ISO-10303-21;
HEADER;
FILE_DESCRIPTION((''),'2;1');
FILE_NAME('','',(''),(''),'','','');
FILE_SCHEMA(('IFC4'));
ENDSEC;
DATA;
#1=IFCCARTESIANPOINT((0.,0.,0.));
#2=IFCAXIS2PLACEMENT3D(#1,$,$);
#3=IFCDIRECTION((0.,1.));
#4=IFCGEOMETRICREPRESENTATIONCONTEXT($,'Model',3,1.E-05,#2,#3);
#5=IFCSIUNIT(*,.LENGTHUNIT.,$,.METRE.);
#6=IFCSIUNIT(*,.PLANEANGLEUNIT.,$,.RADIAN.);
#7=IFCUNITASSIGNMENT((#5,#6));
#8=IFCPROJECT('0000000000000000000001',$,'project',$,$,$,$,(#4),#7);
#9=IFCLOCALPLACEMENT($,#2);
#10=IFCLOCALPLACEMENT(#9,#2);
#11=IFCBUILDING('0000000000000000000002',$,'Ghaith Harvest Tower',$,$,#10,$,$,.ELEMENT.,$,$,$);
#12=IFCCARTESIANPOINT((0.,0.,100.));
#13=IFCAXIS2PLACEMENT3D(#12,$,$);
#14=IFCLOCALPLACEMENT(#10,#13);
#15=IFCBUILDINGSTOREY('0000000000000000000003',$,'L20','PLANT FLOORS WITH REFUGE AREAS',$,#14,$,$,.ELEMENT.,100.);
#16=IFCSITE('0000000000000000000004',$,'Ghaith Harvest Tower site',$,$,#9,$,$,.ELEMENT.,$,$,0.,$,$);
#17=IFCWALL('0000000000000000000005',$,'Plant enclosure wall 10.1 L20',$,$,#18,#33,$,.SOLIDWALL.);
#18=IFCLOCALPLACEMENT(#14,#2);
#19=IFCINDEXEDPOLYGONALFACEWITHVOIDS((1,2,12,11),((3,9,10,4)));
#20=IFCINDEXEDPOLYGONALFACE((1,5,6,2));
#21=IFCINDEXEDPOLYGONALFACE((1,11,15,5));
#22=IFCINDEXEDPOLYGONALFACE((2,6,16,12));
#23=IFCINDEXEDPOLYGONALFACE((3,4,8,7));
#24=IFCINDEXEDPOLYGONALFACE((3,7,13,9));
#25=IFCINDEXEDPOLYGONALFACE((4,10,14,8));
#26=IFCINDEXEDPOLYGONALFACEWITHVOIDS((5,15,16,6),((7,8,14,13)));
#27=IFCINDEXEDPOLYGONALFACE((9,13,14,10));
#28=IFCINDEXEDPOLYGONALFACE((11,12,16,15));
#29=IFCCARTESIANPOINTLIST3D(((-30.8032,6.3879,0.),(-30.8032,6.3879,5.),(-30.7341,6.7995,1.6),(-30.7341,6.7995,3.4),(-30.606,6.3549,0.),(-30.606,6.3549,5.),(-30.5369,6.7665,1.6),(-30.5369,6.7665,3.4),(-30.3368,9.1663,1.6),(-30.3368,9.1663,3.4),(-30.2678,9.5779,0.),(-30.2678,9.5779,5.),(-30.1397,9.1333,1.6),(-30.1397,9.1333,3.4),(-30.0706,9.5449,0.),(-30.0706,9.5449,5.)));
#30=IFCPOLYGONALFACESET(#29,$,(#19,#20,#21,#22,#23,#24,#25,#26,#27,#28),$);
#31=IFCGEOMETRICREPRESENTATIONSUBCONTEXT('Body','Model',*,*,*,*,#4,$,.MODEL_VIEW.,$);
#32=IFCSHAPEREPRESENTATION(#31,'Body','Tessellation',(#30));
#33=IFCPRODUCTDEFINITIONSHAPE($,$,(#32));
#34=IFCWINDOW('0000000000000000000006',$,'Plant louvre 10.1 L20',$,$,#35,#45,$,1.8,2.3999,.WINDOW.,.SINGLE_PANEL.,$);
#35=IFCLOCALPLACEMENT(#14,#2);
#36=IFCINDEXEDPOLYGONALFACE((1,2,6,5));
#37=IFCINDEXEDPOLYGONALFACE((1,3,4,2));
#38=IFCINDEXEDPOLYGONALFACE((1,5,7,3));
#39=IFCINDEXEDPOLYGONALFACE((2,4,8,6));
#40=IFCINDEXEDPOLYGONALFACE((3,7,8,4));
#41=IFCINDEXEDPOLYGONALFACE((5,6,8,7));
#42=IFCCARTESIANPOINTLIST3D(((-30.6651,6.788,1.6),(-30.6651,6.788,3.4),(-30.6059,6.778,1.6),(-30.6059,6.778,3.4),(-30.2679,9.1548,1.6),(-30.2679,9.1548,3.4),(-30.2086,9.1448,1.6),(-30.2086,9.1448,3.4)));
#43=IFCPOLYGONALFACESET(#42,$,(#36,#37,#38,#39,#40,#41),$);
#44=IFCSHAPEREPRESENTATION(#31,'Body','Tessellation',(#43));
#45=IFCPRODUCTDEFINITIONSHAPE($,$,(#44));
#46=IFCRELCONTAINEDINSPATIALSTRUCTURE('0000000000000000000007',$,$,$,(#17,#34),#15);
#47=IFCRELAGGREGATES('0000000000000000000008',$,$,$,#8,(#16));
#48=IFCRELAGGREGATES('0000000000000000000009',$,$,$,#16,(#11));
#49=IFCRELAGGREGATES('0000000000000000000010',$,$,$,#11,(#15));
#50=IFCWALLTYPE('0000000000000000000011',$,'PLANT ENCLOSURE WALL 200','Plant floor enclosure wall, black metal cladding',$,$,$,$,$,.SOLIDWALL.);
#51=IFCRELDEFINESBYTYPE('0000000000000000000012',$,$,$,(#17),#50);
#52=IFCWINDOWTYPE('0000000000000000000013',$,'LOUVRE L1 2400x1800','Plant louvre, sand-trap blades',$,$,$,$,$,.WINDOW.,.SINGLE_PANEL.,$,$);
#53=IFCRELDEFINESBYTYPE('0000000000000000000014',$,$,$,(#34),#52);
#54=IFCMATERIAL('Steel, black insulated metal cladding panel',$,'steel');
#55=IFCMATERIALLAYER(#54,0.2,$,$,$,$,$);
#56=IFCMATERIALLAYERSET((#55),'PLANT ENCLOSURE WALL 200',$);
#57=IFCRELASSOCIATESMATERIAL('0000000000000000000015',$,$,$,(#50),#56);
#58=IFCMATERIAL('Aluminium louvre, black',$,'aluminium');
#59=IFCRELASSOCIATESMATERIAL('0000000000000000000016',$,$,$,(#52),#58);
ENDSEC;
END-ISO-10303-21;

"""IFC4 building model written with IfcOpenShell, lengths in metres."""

from ifc_helpers import new_model, si_unit, direction, frame, frame_2d, origin, place, context, subcontext, project, spatial, rectangle, extrude, material, layer, layer_set, type_object, element, fill, save


model = new_model("IFC4")

# Units and contexts
model_context = context("Model", 3, precision=1e-05, world=origin(), true_north=direction((0.0, 1.0)))
body_context = subcontext(model_context, "Body", "Model", "MODEL_VIEW")
ifc_project = project(units=[si_unit("LENGTHUNIT", "METRE"), si_unit("PLANEANGLEUNIT", "RADIAN")], contexts=[model_context])

# Site, building, storey
site_placement = place(None, origin())
site = spatial("IfcSite", under=ifc_project, at=site_placement, Name="Ghaith Harvest Tower site", CompositionType="ELEMENT", RefElevation=0.0)
building_placement = place(site_placement, origin())
building = spatial("IfcBuilding", under=site, at=building_placement, Name="Ghaith Harvest Tower", CompositionType="ELEMENT")
storey_placement = place(building_placement, frame((0.0, 0.0, 100.0)))
storey = spatial("IfcBuildingStorey", under=building, at=storey_placement, Name="L20", Description="PLANT FLOORS WITH REFUGE AREAS", CompositionType="ELEMENT", Elevation=100.0)

# Wall, opening, window
ifc_material_1 = material(Name="Steel, black insulated metal cladding panel", Category="steel")
ifc_layer_1 = layer(ifc_material_1, 0.2)
ifc_layer_set_1 = layer_set([ifc_layer_1], Name="PLANT ENCLOSURE WALL 200")
wall_type = type_object("IfcWallType", Name="PLANT ENCLOSURE WALL 200", Description="Plant floor enclosure wall, black metal cladding", PredefinedType="SOLIDWALL", material=ifc_layer_set_1)
ifc_material_2 = material(Name="Aluminium louvre, black", Category="aluminium")
window_type = type_object("IfcWindowType", Name="LOUVRE L1 2400x1800", Description="Plant louvre, sand-trap blades", PartitioningType="SINGLE_PANEL", PredefinedType="WINDOW", material=ifc_material_2)
wall_1_placement = place(storey_placement, frame((-30.1692, 9.5613, 0.0), z_axis=(0.0, 0.0, 1.0), x_axis=(-0.165525, -0.986206, 0.0)))
wall_1 = element("IfcWall", 1, at=wall_1_placement, inside=storey, type_object=wall_type, Name="Plant enclosure wall 10.1 L20", PredefinedType="SOLIDWALL", context=body_context, shape_type="SweptSolid", body=[
    extrude(rectangle(XDim=3.2346, YDim=0.2, at=frame_2d((1.6172, 0.0))), origin(), (0.0, 0.0, 1.0), 5.0),
])
opening_1_placement = place(wall_1_placement, frame((0.4172, 0.0, 1.6001)))
opening_1 = element("IfcOpeningElement", 2, at=opening_1_placement, cuts=wall_1, PredefinedType="OPENING", context=body_context, shape_type="SweptSolid", body=[
    extrude(rectangle(XDim=2.3999, YDim=1.8, at=frame_2d((1.2, 0.8999))), frame((0.0, 0.1099, 0.0), z_axis=(0.0, -1.0, 0.0), x_axis=(1.0, 0.0, 0.0)), (0.0, 0.0, 1.0), 0.22),
])
window_1_placement = place(opening_1_placement, origin())
window_1 = element("IfcWindow", 3, at=window_1_placement, inside=storey, type_object=window_type, Name="Plant louvre 10.1 L20", OverallHeight=1.8, OverallWidth=2.3999, PartitioningType="SINGLE_PANEL", PredefinedType="WINDOW", context=body_context, shape_type="SweptSolid", body=[
    extrude(rectangle(XDim=2.3999, YDim=1.8, at=frame_2d((1.2, 0.8999))), frame((0.0, 0.03, 0.0), z_axis=(0.0, -1.0, 0.0), x_axis=(1.0, 0.0, 0.0)), (0.0, 0.0, 1.0), 0.0601),
])
fill(opening_1, window_1)

save(model, "model.ifc")
